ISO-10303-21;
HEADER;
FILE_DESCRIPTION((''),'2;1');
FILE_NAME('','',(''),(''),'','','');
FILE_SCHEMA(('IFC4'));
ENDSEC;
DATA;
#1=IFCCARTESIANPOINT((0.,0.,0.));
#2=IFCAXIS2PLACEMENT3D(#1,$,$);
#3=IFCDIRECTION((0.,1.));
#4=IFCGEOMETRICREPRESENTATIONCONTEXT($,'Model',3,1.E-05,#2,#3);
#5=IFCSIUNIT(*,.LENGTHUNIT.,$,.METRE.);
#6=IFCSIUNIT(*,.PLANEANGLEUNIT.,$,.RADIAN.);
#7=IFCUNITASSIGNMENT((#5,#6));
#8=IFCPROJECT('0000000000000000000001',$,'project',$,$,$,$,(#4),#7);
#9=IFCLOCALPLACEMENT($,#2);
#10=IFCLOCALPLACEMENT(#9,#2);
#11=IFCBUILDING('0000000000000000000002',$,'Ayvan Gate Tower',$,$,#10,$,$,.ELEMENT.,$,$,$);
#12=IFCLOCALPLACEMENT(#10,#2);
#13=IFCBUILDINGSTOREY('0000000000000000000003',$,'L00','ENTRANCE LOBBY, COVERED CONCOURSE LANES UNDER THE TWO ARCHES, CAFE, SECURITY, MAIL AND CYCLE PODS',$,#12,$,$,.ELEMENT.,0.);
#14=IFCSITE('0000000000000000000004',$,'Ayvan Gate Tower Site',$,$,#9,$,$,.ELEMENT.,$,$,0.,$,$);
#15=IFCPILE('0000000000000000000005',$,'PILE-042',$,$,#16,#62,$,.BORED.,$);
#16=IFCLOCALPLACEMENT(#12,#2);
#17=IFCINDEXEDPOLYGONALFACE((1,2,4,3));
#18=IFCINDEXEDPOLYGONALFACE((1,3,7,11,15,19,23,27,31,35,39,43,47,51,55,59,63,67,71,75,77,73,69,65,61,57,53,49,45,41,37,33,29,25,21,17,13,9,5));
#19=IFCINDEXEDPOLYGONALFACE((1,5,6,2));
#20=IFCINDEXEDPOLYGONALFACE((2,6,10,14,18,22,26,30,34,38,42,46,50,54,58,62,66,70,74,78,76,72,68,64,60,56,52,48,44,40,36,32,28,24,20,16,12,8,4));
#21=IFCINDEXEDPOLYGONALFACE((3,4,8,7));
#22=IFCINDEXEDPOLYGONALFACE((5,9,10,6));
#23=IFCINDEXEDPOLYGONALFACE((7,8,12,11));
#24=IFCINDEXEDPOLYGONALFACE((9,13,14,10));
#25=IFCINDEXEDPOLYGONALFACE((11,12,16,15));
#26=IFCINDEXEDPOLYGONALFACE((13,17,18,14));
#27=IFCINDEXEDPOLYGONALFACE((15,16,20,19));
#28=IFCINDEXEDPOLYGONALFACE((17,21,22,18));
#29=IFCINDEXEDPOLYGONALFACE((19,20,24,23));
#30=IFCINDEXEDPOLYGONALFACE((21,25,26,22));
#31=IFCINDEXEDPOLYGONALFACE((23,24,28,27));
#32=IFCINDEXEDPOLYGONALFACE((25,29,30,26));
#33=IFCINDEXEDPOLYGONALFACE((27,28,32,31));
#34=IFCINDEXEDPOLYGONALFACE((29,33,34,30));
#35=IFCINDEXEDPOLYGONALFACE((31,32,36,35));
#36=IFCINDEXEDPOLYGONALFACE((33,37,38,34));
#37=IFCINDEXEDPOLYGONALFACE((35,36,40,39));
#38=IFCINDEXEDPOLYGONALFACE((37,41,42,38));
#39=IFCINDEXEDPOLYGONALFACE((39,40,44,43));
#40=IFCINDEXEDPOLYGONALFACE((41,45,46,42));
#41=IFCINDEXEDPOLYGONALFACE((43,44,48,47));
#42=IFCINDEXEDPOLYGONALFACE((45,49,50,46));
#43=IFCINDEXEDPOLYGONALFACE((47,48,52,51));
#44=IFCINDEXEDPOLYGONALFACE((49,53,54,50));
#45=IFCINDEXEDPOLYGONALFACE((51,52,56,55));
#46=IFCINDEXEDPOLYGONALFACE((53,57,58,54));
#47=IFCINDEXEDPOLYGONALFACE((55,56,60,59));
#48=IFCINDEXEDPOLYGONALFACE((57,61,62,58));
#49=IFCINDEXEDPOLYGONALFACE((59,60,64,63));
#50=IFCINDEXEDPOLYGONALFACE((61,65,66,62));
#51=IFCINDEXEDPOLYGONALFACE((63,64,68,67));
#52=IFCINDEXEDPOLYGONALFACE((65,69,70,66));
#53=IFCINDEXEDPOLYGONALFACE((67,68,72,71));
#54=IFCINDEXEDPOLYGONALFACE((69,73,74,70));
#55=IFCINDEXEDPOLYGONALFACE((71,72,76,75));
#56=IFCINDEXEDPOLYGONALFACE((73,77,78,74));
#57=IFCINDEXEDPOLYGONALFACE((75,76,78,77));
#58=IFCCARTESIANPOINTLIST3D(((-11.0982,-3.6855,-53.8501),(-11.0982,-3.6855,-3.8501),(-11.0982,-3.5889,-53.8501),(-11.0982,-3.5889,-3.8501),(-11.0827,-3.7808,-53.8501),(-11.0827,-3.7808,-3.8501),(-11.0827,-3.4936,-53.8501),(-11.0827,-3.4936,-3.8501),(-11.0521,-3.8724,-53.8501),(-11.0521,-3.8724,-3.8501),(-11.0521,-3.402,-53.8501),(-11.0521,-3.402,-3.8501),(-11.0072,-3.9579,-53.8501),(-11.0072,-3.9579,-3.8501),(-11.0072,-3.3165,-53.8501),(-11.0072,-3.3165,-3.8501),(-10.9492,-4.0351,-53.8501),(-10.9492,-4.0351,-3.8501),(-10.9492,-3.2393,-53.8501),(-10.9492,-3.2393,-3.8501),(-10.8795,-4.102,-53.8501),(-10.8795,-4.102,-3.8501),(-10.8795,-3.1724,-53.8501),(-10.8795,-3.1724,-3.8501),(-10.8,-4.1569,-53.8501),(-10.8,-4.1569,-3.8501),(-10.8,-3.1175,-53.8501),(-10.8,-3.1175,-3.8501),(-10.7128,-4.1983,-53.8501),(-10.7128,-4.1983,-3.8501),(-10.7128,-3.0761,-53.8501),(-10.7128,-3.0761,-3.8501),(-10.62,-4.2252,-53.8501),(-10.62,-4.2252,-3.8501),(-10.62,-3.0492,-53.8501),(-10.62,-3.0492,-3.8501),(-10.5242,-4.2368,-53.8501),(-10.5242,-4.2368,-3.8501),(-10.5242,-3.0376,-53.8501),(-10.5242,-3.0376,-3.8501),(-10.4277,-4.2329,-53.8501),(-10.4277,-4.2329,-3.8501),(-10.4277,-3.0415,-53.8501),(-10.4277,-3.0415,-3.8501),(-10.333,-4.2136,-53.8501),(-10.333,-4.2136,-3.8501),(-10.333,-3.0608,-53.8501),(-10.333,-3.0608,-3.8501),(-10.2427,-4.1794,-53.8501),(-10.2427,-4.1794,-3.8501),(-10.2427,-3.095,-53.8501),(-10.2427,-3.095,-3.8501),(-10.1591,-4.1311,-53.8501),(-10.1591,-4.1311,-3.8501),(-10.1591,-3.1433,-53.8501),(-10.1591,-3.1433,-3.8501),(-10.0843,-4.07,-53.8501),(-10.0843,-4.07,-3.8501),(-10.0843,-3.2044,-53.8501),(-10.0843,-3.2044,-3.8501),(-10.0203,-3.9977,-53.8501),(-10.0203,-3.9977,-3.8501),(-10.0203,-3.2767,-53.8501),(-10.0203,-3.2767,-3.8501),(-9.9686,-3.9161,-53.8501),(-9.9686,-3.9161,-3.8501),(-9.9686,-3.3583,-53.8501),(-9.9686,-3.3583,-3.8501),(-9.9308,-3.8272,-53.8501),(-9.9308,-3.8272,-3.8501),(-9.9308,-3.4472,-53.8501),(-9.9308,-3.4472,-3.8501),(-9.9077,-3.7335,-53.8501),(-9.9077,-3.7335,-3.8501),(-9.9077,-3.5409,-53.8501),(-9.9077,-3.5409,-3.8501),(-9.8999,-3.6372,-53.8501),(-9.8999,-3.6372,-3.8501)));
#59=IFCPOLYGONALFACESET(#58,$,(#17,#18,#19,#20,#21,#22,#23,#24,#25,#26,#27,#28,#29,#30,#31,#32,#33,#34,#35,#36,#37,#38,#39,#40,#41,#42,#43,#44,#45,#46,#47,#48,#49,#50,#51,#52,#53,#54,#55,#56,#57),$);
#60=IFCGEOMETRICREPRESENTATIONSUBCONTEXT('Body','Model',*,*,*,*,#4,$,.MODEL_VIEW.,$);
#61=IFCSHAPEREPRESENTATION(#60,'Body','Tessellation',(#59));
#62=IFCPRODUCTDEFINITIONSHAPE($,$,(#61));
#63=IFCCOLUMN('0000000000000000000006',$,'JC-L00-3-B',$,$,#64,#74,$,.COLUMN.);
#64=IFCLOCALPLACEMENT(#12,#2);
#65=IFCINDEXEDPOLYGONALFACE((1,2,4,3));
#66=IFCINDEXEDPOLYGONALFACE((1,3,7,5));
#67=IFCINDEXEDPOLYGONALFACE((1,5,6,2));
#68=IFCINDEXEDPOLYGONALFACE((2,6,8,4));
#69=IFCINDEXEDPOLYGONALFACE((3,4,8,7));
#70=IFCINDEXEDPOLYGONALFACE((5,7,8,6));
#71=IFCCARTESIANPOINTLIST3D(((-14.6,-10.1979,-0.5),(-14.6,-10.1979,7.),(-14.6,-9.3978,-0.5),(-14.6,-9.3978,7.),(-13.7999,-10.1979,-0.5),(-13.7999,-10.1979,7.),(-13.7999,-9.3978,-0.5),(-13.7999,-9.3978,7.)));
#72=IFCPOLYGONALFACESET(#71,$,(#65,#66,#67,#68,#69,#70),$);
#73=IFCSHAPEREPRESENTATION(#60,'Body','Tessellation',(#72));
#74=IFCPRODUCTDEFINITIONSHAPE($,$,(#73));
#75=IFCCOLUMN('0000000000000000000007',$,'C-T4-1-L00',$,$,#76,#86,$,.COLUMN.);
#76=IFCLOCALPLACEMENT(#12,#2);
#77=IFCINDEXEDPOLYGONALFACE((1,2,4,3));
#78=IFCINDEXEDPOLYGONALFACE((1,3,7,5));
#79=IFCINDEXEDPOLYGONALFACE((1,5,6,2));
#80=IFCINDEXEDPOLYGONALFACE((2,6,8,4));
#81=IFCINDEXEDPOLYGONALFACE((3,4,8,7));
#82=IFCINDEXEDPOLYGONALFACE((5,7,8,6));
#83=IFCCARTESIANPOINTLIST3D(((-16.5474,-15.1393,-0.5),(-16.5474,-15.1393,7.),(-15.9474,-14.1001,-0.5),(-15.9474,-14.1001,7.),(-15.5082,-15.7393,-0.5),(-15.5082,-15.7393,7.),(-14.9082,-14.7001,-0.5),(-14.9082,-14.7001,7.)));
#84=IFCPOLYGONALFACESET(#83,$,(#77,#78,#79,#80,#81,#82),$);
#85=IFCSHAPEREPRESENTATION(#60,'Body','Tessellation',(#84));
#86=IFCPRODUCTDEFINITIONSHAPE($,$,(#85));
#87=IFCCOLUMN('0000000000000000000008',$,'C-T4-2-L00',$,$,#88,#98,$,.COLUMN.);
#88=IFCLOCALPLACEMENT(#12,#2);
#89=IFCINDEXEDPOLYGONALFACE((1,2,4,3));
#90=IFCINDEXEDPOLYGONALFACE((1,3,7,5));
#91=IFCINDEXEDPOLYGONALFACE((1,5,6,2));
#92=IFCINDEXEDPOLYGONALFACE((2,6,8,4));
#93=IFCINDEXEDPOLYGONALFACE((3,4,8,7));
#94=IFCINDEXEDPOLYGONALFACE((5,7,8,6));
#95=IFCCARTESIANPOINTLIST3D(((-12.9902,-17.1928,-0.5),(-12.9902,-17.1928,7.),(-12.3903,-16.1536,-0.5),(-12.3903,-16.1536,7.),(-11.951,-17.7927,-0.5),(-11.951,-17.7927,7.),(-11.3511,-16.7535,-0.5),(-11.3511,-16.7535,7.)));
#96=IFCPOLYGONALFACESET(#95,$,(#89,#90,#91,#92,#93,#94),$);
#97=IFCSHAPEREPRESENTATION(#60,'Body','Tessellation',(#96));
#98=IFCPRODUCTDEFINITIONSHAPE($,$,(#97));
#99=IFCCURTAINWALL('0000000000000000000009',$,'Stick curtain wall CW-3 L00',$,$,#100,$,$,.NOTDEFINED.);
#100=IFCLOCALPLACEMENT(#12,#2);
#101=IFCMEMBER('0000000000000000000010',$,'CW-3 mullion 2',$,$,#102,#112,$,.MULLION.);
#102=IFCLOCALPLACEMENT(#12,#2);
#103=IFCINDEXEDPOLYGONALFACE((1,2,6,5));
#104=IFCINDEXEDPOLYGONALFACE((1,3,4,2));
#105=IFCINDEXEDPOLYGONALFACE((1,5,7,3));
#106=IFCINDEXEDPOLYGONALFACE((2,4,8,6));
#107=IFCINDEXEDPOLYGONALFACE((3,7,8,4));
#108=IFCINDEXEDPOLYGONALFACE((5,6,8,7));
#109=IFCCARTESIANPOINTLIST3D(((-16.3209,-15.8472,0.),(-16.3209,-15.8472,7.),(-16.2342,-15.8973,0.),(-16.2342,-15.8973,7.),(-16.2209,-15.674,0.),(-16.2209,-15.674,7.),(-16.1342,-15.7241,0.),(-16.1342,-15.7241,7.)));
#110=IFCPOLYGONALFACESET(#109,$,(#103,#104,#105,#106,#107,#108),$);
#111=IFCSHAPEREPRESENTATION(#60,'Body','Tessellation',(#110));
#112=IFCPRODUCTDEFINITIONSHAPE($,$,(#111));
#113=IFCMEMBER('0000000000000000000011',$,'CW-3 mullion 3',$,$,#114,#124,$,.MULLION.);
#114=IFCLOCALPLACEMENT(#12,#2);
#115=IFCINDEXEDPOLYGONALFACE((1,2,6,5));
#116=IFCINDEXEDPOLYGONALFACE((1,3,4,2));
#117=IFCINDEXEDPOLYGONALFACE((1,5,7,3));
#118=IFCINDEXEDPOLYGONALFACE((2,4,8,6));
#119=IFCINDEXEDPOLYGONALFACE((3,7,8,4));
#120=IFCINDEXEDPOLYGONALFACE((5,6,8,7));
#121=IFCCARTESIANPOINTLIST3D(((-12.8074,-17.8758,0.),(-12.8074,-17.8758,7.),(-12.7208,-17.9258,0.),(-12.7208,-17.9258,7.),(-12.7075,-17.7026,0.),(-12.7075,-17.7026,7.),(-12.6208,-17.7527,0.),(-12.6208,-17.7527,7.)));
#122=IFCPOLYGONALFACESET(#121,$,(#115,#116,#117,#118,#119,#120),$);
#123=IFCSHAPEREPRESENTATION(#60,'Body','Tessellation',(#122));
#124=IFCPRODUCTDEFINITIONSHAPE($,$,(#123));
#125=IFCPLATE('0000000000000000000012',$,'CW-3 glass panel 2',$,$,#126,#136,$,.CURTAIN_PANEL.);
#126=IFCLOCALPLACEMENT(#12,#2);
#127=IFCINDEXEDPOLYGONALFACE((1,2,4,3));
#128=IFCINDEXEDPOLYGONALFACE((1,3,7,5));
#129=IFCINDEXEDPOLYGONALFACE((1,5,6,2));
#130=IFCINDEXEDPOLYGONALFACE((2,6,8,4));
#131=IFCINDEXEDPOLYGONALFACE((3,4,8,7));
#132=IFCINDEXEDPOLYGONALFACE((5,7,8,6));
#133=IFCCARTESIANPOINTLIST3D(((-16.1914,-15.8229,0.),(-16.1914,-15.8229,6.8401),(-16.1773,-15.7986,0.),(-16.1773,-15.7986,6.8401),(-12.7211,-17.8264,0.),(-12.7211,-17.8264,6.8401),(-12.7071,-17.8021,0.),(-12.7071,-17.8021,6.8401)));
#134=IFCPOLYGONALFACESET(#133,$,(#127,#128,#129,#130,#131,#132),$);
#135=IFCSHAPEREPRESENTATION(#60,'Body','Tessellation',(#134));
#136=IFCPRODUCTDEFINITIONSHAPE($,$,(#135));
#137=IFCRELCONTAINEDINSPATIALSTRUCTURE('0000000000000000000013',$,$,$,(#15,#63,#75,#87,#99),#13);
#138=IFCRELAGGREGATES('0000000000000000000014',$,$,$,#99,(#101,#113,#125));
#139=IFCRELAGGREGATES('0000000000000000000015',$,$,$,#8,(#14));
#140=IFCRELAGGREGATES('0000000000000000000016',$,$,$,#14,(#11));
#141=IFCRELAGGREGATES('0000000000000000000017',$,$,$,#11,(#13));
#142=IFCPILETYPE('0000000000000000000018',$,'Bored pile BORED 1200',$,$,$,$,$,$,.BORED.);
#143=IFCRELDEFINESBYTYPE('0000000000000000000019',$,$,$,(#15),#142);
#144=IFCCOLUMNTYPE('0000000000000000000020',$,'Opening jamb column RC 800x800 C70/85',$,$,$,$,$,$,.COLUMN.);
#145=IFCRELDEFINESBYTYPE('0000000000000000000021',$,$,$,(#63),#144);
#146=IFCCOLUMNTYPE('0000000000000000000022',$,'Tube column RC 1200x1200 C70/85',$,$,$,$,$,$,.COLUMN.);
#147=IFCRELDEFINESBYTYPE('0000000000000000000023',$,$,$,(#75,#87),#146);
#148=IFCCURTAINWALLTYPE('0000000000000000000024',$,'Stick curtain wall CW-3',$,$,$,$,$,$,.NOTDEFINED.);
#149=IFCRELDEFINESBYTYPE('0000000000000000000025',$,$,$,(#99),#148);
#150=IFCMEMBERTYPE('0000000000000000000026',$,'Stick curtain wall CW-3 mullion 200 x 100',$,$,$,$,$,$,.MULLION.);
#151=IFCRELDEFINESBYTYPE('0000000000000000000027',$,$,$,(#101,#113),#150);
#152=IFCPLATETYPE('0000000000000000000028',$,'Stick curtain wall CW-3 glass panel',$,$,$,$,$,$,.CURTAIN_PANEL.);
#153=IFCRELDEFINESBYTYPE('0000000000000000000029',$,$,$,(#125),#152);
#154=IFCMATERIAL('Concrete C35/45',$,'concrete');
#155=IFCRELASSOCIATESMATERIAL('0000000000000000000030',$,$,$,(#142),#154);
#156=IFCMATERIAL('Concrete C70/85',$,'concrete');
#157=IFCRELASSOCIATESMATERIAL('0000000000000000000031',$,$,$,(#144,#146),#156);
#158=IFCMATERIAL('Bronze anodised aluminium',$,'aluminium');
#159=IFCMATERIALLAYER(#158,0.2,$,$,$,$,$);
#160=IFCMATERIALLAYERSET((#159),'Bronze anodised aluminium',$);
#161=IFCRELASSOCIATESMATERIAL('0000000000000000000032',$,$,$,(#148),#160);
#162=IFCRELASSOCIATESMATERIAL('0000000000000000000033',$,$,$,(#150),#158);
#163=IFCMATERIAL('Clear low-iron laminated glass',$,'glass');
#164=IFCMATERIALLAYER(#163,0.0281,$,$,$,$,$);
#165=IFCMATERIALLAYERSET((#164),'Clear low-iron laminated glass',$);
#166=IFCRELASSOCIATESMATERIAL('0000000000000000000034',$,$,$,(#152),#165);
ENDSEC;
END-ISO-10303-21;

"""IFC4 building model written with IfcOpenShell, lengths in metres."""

from ifc_helpers import new_model, si_unit, direction, frame, origin, origin_2d, place, context, subcontext, project, spatial, rectangle, circle, extrude, material, layer, layer_set, material_profile, profile_set, type_object, element, aggregate, save


model = new_model("IFC4")

# Units and contexts
model_context = context("Model", 3, precision=1e-05, world=origin(), true_north=direction((0.0, 1.0)))
body_context = subcontext(model_context, "Body", "Model", "MODEL_VIEW")
ifc_project = project(units=[si_unit("LENGTHUNIT", "METRE"), si_unit("PLANEANGLEUNIT", "RADIAN")], contexts=[model_context])

# Site, building, storey
site_placement = place(None, origin())
site = spatial("IfcSite", under=ifc_project, at=site_placement, Name="Ayvan Gate Tower Site", CompositionType="ELEMENT", RefElevation=0.0)
building_placement = place(site_placement, origin())
building = spatial("IfcBuilding", under=site, at=building_placement, Name="Ayvan Gate Tower", CompositionType="ELEMENT")
storey_placement = place(building_placement, origin())
storey = spatial("IfcBuildingStorey", under=building, at=storey_placement, Name="L00", Description="ENTRANCE LOBBY, COVERED CONCOURSE LANES UNDER THE TWO ARCHES, CAFE, SECURITY, MAIL AND CYCLE PODS", CompositionType="ELEMENT", Elevation=0.0)

# Pile
ifc_material_1 = material(Name="Concrete C35/45", Category="concrete")
ifc_material_profile_1 = material_profile(ifc_material_1, circle(Radius=0.6001, at=origin_2d()), Name="BORED 1200")
ifc_profile_set_1 = profile_set([ifc_material_profile_1], Name="Concrete C35/45")
pile_type = type_object("IfcPileType", Name="Bored pile BORED 1200", PredefinedType="BORED", material=ifc_profile_set_1)
for number, where, z_axis, x_axis, name in (
    (1, (-10.5, -3.6372, -3.8501), (0.0, 0.0, -1.0), (1.0, 0.0, 0.0), "PILE-042"),
):
    element("IfcPile", number, at=place(storey_placement, frame(where, z_axis=z_axis, x_axis=x_axis)), inside=storey, type_object=pile_type, Name=name, PredefinedType="BORED", context=body_context, shape_type="SweptSolid", body=[
        extrude(circle(Radius=0.6001, at=origin_2d()), origin(), (0.0, 0.0, 1.0), 50.0),
    ])

# Columns
ifc_material_2 = material(Name="Concrete C70/85", Category="concrete")
ifc_material_profile_2 = material_profile(ifc_material_2, rectangle(XDim=0.8, YDim=0.8, at=origin_2d()), Name="RC 800x800")
ifc_profile_set_2 = profile_set([ifc_material_profile_2], Name="Concrete C70/85")
column_type_1 = type_object("IfcColumnType", Name="Opening jamb column RC 800x800 C70/85", PredefinedType="COLUMN", material=ifc_profile_set_2)
column_placement = place(storey_placement, frame((-14.2, -9.7979, -0.5), z_axis=(0.0, 0.0, 1.0), x_axis=(-1.0, 0.0, 0.0)))
element("IfcColumn", 2, at=column_placement, inside=storey, type_object=column_type_1, Name="JC-L00-3-B", PredefinedType="COLUMN", context=body_context, shape_type="SweptSolid", body=[
    extrude(rectangle(XDim=0.8, YDim=0.8, at=origin_2d()), origin(), (0.0, 0.0, 1.0), 7.5),
])
ifc_material_profile_3 = material_profile(ifc_material_2, rectangle(XDim=1.2, YDim=1.2, at=origin_2d()), Name="RC 1200x1200")
ifc_profile_set_3 = profile_set([ifc_material_profile_3], Name="Concrete C70/85")
column_type_2 = type_object("IfcColumnType", Name="Tube column RC 1200x1200 C70/85", PredefinedType="COLUMN", material=ifc_profile_set_3)
for number, where, z_axis, x_axis, name in (
    (3, (-15.7278, -14.9197, -0.5), (0.0, 0.0, 1.0), (-0.5, -0.866025, 0.0), "C-T4-1-L00"),
    (4, (-12.1707, -16.9731, -0.5), (0.0, 0.0, 1.0), (-0.5, -0.866025, 0.0), "C-T4-2-L00"),
):
    element("IfcColumn", number, at=place(storey_placement, frame(where, z_axis=z_axis, x_axis=x_axis)), inside=storey, type_object=column_type_2, Name=name, PredefinedType="COLUMN", context=body_context, shape_type="SweptSolid", body=[
        extrude(rectangle(XDim=1.2, YDim=1.2, at=origin_2d()), origin(), (0.0, 0.0, 1.0), 7.5),
    ])

# Curtain wall, members, plate
ifc_material_3 = material(Name="Bronze anodised aluminium", Category="aluminium")
ifc_layer_1 = layer(ifc_material_3, 0.2)
ifc_layer_set_1 = layer_set([ifc_layer_1], Name="Bronze anodised aluminium")
curtain_wall_type = type_object("IfcCurtainWallType", Name="Stick curtain wall CW-3", PredefinedType="NOTDEFINED", material=ifc_layer_set_1)
curtain_wall_placement = place(storey_placement, origin())
curtain_wall = element("IfcCurtainWall", 5, at=curtain_wall_placement, inside=storey, type_object=curtain_wall_type, Name="Stick curtain wall CW-3 L00", PredefinedType="NOTDEFINED")
ifc_material_profile_4 = material_profile(ifc_material_3, rectangle(XDim=0.2, YDim=0.1001, at=origin_2d()), Name="Stick curtain wall CW-3 mullion 200 x 100")
ifc_profile_set_4 = profile_set([ifc_material_profile_4], Name="Bronze anodised aluminium")
member_type = type_object("IfcMemberType", Name="Stick curtain wall CW-3 mullion 200 x 100", PredefinedType="MULLION", material=ifc_profile_set_4)
member_1_placement = place(storey_placement, frame((-16.2275, -15.7856, 0.0), z_axis=(0.0, 0.0, 1.0), x_axis=(-0.5, -0.866025, 0.0)))
member_1 = element("IfcMember", 6, at=member_1_placement, type_object=member_type, Name="CW-3 mullion 2", PredefinedType="MULLION", context=body_context, shape_type="SweptSolid", body=[
    extrude(rectangle(XDim=0.2, YDim=0.1001, at=origin_2d()), origin(), (0.0, 0.0, 1.0), 7.0),
])
member_2_placement = place(storey_placement, frame((-12.7141, -17.8142, 0.0), z_axis=(0.0, 0.0, 1.0), x_axis=(-0.5, -0.866025, 0.0)))
member_2 = element("IfcMember", 7, at=member_2_placement, type_object=member_type, Name="CW-3 mullion 3", PredefinedType="MULLION", context=body_context, shape_type="SweptSolid", body=[
    extrude(rectangle(XDim=0.2, YDim=0.1001, at=origin_2d()), origin(), (0.0, 0.0, 1.0), 7.0),
])
ifc_material_4 = material(Name="Clear low-iron laminated glass", Category="glass")
ifc_layer_2 = layer(ifc_material_4, 0.0281)
ifc_layer_set_2 = layer_set([ifc_layer_2], Name="Clear low-iron laminated glass")
plate_type = type_object("IfcPlateType", Name="Stick curtain wall CW-3 glass panel", PredefinedType="CURTAIN_PANEL", material=ifc_layer_set_2)
plate_placement = place(storey_placement, frame((-14.4492, -16.8125, 0.0), z_axis=(0.0, 0.0, 1.0), x_axis=(0.866025, -0.5, 0.0)))
plate = element("IfcPlate", 8, at=plate_placement, type_object=plate_type, Name="CW-3 glass panel 2", PredefinedType="CURTAIN_PANEL", context=body_context, shape_type="SweptSolid", body=[
    extrude(rectangle(XDim=4.0071, YDim=0.0281, at=origin_2d()), origin(), (0.0, 0.0, 1.0), 6.8401),
])
aggregate(curtain_wall, [member_1, member_2, plate])

save(model, "model.ifc")
